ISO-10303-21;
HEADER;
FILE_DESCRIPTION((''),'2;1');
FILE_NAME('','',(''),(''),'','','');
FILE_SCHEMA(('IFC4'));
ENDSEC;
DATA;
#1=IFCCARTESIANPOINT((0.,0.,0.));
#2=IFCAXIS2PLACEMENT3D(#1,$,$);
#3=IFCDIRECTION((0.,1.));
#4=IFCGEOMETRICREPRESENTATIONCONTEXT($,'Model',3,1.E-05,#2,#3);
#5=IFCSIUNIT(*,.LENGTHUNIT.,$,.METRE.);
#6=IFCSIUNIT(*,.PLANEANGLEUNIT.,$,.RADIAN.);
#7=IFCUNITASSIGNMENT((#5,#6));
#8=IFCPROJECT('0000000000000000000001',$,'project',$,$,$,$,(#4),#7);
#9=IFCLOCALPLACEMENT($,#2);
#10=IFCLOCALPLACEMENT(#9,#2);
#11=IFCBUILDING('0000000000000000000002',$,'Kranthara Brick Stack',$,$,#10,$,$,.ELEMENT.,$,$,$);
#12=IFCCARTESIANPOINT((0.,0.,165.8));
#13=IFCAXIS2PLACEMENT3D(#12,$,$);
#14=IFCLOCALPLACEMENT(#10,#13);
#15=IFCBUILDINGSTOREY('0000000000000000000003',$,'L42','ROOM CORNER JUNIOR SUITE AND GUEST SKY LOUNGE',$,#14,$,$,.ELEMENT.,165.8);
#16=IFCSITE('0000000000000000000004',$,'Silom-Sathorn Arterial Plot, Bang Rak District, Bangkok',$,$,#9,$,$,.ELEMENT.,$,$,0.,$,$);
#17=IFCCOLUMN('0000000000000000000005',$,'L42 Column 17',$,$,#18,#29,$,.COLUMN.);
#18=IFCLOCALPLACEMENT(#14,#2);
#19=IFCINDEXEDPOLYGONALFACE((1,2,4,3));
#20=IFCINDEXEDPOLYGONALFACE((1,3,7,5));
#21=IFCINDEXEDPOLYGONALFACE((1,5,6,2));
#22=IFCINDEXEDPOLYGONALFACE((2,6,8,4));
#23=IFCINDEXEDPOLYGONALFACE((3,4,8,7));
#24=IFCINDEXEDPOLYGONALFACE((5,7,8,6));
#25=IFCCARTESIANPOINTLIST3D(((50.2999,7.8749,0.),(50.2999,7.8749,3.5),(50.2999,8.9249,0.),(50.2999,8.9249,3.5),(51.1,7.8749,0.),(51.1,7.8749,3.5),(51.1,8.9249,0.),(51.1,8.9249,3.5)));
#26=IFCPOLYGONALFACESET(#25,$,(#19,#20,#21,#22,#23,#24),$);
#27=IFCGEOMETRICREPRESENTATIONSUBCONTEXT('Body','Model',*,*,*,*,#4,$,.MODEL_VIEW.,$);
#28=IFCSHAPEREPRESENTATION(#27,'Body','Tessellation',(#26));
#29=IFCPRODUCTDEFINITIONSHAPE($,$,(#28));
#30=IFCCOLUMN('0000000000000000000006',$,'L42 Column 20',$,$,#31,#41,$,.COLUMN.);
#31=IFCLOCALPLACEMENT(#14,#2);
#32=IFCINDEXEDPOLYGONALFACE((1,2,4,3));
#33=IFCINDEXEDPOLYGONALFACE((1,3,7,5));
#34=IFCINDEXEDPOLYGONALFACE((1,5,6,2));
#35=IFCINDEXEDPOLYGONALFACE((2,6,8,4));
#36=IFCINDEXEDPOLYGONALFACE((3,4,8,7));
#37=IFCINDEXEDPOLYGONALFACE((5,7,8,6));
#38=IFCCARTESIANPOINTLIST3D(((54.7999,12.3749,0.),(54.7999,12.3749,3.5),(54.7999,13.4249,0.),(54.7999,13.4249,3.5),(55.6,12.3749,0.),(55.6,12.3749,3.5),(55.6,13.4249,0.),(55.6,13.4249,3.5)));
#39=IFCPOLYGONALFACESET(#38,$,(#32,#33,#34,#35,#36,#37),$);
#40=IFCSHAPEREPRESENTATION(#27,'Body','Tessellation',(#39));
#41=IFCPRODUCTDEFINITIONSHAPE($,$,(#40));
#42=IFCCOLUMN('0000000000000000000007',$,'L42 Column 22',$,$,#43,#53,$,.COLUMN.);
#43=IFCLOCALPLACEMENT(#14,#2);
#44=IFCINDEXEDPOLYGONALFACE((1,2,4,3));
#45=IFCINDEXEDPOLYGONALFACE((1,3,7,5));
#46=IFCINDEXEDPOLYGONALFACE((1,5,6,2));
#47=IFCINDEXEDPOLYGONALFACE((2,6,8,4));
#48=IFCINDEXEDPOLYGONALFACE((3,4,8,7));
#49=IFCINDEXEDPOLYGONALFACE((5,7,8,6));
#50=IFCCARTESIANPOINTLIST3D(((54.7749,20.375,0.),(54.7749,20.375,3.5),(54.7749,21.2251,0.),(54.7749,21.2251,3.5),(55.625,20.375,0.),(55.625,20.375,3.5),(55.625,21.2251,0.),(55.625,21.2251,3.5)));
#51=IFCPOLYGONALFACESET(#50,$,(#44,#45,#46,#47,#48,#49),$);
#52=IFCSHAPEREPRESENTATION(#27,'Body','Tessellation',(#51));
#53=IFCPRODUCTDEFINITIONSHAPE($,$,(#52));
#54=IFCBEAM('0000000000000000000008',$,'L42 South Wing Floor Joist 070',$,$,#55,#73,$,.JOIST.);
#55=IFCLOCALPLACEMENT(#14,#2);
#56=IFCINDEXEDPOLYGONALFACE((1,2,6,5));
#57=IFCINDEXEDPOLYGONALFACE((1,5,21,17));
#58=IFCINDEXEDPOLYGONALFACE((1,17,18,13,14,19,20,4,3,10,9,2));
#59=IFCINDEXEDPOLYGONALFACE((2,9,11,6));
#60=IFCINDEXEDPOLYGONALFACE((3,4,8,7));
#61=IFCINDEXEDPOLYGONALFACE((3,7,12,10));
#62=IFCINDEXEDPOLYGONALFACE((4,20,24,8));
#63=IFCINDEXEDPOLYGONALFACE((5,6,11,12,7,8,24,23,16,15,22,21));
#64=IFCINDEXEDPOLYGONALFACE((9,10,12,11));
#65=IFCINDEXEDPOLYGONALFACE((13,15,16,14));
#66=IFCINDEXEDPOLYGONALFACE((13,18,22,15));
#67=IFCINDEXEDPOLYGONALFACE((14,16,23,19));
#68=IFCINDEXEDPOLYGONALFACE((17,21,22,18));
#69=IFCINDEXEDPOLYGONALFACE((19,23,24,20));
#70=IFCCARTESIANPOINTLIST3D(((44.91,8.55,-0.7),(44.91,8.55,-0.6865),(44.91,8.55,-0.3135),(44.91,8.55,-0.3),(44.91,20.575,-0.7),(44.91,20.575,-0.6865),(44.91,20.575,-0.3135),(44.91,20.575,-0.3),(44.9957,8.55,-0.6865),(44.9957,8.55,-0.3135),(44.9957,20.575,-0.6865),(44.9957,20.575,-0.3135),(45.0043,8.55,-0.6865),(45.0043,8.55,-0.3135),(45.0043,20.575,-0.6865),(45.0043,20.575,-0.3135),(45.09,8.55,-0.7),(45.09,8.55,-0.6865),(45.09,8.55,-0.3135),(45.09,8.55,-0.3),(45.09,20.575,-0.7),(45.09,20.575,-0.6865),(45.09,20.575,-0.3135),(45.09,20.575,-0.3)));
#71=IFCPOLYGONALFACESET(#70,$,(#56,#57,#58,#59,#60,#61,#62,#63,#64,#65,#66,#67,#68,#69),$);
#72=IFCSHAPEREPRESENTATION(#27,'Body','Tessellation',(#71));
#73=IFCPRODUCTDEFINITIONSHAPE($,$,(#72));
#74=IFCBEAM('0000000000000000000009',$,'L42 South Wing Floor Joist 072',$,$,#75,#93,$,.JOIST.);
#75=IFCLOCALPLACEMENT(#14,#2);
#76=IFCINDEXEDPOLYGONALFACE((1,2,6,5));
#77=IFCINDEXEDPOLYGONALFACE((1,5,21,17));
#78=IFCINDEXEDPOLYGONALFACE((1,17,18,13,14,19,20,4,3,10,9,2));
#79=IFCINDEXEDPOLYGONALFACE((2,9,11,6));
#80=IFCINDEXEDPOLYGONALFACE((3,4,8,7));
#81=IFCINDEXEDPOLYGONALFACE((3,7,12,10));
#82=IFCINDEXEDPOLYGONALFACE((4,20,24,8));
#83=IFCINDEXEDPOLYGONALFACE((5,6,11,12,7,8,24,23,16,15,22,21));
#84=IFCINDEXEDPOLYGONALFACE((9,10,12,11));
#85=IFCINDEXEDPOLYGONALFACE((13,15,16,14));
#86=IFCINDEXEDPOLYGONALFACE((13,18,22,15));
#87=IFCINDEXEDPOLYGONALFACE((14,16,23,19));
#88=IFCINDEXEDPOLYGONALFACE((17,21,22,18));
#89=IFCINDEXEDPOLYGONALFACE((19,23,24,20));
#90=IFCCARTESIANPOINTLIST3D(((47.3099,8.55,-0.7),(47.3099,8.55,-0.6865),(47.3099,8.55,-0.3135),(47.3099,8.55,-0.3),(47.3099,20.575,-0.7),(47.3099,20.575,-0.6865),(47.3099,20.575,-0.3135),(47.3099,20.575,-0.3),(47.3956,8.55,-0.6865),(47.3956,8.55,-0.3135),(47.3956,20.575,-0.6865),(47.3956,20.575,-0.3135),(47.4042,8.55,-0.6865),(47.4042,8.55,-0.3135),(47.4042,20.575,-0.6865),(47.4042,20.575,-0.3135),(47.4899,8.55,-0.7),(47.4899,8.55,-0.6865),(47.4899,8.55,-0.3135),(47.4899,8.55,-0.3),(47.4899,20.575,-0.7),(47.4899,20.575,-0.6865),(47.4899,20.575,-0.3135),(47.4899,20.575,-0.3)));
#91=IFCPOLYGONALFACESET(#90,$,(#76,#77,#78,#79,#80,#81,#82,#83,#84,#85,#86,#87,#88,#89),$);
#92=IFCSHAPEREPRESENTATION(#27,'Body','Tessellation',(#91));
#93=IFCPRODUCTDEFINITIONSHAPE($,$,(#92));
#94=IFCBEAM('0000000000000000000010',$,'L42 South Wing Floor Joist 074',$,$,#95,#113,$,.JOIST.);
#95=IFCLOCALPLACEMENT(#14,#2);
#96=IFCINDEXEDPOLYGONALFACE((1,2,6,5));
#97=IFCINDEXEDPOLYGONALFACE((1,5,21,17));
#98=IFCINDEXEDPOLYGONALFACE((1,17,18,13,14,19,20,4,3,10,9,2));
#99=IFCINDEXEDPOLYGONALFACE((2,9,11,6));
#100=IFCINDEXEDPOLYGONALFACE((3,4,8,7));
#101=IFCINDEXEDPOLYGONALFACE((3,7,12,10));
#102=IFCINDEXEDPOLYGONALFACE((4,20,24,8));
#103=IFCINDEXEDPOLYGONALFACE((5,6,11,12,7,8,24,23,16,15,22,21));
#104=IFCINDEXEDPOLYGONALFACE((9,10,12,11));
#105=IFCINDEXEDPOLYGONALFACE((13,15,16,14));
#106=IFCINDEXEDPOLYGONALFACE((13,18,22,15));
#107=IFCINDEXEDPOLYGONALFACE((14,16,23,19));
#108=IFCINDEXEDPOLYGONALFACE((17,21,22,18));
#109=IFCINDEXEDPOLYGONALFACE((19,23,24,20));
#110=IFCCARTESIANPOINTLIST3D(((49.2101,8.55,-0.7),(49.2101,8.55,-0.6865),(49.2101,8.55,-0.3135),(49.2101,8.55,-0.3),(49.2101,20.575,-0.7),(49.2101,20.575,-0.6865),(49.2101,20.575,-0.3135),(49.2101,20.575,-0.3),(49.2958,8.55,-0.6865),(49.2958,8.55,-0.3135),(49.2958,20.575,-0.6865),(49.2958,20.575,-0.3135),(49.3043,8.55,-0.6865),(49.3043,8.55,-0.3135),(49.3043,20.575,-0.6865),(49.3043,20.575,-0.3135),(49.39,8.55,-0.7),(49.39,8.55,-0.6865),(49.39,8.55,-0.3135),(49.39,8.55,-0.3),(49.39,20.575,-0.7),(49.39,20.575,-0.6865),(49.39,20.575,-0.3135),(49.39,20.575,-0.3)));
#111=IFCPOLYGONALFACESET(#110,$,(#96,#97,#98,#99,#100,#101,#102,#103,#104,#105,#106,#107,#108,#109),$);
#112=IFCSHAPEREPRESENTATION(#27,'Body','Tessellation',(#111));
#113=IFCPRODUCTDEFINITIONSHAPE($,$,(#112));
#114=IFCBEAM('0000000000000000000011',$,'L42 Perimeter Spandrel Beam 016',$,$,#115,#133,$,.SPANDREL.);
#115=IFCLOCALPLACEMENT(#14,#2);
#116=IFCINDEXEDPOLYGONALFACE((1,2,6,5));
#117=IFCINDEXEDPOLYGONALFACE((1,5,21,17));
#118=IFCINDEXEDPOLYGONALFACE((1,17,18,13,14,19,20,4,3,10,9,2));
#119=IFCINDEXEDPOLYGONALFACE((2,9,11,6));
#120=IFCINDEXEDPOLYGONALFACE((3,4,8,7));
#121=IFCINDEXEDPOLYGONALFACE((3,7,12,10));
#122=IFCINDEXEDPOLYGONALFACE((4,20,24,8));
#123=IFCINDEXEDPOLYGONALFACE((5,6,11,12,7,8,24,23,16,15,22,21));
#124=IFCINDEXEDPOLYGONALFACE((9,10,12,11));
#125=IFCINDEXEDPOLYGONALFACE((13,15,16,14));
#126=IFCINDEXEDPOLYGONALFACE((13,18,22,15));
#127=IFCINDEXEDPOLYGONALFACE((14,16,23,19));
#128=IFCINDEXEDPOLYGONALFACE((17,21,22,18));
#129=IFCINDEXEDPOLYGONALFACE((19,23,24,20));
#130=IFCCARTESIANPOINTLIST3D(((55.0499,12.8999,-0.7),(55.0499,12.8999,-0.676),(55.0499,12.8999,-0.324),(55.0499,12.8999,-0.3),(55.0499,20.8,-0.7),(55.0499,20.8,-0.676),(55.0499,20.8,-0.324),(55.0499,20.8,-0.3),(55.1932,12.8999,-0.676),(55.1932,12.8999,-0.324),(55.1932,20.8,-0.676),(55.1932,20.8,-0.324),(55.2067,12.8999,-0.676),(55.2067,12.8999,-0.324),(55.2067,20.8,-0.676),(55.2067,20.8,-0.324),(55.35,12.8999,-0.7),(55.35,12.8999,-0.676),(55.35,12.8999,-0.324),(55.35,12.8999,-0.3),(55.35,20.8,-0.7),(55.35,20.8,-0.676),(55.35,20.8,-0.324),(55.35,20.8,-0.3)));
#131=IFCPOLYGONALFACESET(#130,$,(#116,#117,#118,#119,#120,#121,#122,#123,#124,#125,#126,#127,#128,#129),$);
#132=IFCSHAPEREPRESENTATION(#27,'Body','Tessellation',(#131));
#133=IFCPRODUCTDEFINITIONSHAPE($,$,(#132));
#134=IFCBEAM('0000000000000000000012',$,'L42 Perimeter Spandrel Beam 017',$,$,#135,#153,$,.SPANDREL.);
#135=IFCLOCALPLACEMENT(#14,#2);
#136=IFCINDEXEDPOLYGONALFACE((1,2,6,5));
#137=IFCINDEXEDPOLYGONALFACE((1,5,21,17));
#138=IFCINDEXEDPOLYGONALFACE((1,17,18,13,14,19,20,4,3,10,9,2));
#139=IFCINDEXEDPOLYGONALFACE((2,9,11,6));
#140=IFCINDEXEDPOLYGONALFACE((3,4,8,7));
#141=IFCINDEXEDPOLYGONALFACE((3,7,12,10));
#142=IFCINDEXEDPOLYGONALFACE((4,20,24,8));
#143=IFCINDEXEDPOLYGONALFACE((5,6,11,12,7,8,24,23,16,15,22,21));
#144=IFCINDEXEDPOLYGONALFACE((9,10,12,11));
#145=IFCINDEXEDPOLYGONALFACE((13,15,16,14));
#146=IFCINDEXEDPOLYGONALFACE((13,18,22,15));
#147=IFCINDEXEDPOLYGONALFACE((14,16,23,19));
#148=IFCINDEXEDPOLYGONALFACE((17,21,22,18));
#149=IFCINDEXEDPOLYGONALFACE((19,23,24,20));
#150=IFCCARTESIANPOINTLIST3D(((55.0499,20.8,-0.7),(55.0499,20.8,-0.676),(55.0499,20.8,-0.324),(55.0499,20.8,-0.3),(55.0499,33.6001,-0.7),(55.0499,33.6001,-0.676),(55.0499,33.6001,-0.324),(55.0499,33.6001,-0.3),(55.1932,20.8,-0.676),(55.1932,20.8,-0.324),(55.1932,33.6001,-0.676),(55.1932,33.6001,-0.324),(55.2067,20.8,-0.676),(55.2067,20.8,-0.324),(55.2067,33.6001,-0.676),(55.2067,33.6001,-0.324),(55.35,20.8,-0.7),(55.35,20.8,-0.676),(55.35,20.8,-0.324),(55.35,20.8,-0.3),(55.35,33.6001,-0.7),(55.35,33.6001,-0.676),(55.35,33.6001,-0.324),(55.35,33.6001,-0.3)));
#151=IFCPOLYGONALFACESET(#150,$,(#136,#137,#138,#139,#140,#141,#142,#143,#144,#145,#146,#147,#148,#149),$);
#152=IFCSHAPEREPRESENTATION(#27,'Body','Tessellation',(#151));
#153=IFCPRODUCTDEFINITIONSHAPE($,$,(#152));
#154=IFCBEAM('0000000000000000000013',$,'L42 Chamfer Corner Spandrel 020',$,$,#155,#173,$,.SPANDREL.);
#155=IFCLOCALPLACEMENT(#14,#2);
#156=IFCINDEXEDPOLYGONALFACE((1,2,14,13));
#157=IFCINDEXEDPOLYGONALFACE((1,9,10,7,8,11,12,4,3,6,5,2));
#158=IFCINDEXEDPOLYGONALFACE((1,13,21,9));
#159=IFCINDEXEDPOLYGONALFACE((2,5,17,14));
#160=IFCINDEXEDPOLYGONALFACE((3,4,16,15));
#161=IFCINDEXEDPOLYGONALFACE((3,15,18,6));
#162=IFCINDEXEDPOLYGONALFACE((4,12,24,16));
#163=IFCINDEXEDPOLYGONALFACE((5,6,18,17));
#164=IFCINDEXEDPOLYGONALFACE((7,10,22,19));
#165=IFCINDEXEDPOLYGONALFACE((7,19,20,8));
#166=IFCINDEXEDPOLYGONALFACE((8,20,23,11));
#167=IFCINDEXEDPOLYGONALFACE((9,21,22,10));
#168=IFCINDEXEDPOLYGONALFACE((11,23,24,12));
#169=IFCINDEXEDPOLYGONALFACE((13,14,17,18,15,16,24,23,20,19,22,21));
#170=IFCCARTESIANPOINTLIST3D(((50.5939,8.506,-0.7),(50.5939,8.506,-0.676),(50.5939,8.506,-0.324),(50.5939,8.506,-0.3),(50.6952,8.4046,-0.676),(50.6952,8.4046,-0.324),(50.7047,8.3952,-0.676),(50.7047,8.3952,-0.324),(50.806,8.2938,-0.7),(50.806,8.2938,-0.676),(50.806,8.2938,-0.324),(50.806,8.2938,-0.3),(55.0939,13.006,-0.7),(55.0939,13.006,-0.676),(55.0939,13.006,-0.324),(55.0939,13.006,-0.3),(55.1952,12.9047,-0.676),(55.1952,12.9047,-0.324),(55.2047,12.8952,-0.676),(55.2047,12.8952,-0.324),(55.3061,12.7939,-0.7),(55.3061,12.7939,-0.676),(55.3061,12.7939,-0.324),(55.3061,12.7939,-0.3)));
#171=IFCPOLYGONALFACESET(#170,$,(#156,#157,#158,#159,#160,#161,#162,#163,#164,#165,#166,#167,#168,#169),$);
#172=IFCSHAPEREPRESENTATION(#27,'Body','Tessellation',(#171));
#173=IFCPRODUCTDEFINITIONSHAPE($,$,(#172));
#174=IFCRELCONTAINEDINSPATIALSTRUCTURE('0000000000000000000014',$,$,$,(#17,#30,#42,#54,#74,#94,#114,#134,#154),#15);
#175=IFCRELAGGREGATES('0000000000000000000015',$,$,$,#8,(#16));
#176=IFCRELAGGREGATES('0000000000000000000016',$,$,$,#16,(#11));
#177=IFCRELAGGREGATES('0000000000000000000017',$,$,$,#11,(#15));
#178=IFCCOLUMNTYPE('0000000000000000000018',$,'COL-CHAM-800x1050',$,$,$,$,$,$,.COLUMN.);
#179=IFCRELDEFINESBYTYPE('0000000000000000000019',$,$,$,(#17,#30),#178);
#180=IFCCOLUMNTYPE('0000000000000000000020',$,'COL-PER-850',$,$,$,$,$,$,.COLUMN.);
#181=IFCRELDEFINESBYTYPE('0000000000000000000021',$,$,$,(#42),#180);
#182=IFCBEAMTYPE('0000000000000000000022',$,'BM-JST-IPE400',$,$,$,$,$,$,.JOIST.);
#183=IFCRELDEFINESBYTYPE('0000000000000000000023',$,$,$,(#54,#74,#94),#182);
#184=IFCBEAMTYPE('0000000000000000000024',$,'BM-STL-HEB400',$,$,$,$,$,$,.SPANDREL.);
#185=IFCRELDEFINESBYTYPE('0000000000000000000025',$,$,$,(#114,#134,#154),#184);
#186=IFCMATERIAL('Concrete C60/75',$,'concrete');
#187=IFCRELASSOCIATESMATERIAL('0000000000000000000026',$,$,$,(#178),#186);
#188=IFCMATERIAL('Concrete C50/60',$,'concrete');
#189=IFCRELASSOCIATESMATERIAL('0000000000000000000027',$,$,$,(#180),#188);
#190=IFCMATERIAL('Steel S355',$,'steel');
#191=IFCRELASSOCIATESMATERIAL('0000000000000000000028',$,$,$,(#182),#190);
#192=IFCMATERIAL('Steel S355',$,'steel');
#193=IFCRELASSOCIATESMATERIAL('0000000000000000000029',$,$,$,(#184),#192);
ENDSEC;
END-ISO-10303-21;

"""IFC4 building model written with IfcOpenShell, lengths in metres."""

from ifc_helpers import new_model, si_unit, direction, frame, origin, origin_2d, place, context, subcontext, project, spatial, rectangle, i_section, extrude, material, material_profile, profile_set, type_object, element, save


model = new_model("IFC4")

# Units and contexts
model_context = context("Model", 3, precision=1e-05, world=origin(), true_north=direction((0.0, 1.0)))
body_context = subcontext(model_context, "Body", "Model", "MODEL_VIEW")
ifc_project = project(units=[si_unit("LENGTHUNIT", "METRE"), si_unit("PLANEANGLEUNIT", "RADIAN")], contexts=[model_context])

# Site, building, storey
site_placement = place(None, origin())
site = spatial("IfcSite", under=ifc_project, at=site_placement, Name="Silom-Sathorn Arterial Plot, Bang Rak District, Bangkok", CompositionType="ELEMENT", RefElevation=0.0)
building_placement = place(site_placement, origin())
building = spatial("IfcBuilding", under=site, at=building_placement, Name="Kranthara Brick Stack", CompositionType="ELEMENT")
storey_placement = place(building_placement, frame((0.0, 0.0, 165.8)))
storey = spatial("IfcBuildingStorey", under=building, at=storey_placement, Name="L42", Description="ROOM CORNER JUNIOR SUITE AND GUEST SKY LOUNGE", CompositionType="ELEMENT", Elevation=165.8)

# Columns
ifc_material_1 = material(Name="Concrete C60/75", Category="concrete")
ifc_material_profile_1 = material_profile(ifc_material_1, rectangle(XDim=0.8, YDim=1.05, at=origin_2d()), Name="RC 800x1050")
ifc_profile_set_1 = profile_set([ifc_material_profile_1], Name="Concrete C60/75")
column_type_1 = type_object("IfcColumnType", Name="COL-CHAM-800x1050", PredefinedType="COLUMN", material=ifc_profile_set_1)
for number, where, z_axis, x_axis, name in (
    (1, (50.7, 8.3999, 0.0), (0.0, 0.0, 1.0), (1.0, 0.0, 0.0), "L42 Column 17"),
    (2, (55.2, 12.8999, 0.0), (0.0, 0.0, 1.0), (1.0, 0.0, 0.0), "L42 Column 20"),
):
    element("IfcColumn", number, at=place(storey_placement, frame(where, z_axis=z_axis, x_axis=x_axis)), inside=storey, type_object=column_type_1, Name=name, PredefinedType="COLUMN", context=body_context, shape_type="SweptSolid", body=[
        extrude(rectangle(XDim=0.8, YDim=1.05, at=origin_2d()), origin(), (0.0, 0.0, 1.0), 3.5),
    ])
ifc_material_2 = material(Name="Concrete C50/60", Category="concrete")
ifc_material_profile_2 = material_profile(ifc_material_2, rectangle(XDim=0.8501, YDim=0.8501, at=origin_2d()), Name="RC 850x850")
ifc_profile_set_2 = profile_set([ifc_material_profile_2], Name="Concrete C50/60")
column_type_2 = type_object("IfcColumnType", Name="COL-PER-850", PredefinedType="COLUMN", material=ifc_profile_set_2)
column_placement = place(storey_placement, frame((55.2, 20.8, 0.0), z_axis=(0.0, 0.0, 1.0), x_axis=(1.0, 0.0, 0.0)))
element("IfcColumn", 3, at=column_placement, inside=storey, type_object=column_type_2, Name="L42 Column 22", PredefinedType="COLUMN", context=body_context, shape_type="SweptSolid", body=[
    extrude(rectangle(XDim=0.8501, YDim=0.8501, at=origin_2d()), origin(), (0.0, 0.0, 1.0), 3.5),
])

# Beams
ifc_material_3 = material(Name="Steel S355", Category="steel")
ifc_material_profile_3 = material_profile(ifc_material_3, i_section(OverallWidth=0.1799, OverallDepth=0.3999, WebThickness=0.0085, FlangeThickness=0.0134, at=origin_2d()), Name="IPE 400")
ifc_profile_set_3 = profile_set([ifc_material_profile_3], Name="Steel S355")
beam_type_1 = type_object("IfcBeamType", Name="BM-JST-IPE400", PredefinedType="JOIST", material=ifc_profile_set_3)
for number, where, z_axis, x_axis, name in (
    (4, (45.0, 8.55, -0.5), (0.0, 1.0, 0.0), (-1.0, 0.0, 0.0), "L42 South Wing Floor Joist 070"),
    (5, (47.3999, 8.55, -0.5), (0.0, 1.0, 0.0), (-1.0, 0.0, 0.0), "L42 South Wing Floor Joist 072"),
    (6, (49.3, 8.55, -0.5), (0.0, 1.0, 0.0), (-1.0, 0.0, 0.0), "L42 South Wing Floor Joist 074"),
):
    element("IfcBeam", number, at=place(storey_placement, frame(where, z_axis=z_axis, x_axis=x_axis)), inside=storey, type_object=beam_type_1, Name=name, PredefinedType="JOIST", context=body_context, shape_type="SweptSolid", body=[
        extrude(i_section(OverallWidth=0.1799, OverallDepth=0.3999, WebThickness=0.0085, FlangeThickness=0.0134, at=origin_2d()), origin(), (0.0, 0.0, 1.0), 12.0249),
    ])
ifc_material_4 = material(Name="Steel S355", Category="steel")
ifc_material_profile_4 = material_profile(ifc_material_4, i_section(OverallWidth=0.3, OverallDepth=0.3999, WebThickness=0.0134, FlangeThickness=0.0239, at=origin_2d()), Name="HEB 400")
ifc_profile_set_4 = profile_set([ifc_material_profile_4], Name="Steel S355")
beam_type_2 = type_object("IfcBeamType", Name="BM-STL-HEB400", PredefinedType="SPANDREL", material=ifc_profile_set_4)
beam_1_placement = place(storey_placement, frame((55.2, 12.8999, -0.5), z_axis=(0.0, 1.0, 0.0), x_axis=(-1.0, 0.0, 0.0)))
element("IfcBeam", 7, at=beam_1_placement, inside=storey, type_object=beam_type_2, Name="L42 Perimeter Spandrel Beam 016", PredefinedType="SPANDREL", context=body_context, shape_type="SweptSolid", body=[
    extrude(i_section(OverallWidth=0.3, OverallDepth=0.3999, WebThickness=0.0134, FlangeThickness=0.0239, at=origin_2d()), origin(), (0.0, 0.0, 1.0), 7.9001),
])
beam_2_placement = place(storey_placement, frame((55.2, 20.8, -0.5), z_axis=(0.0, 1.0, 0.0), x_axis=(-1.0, 0.0, 0.0)))
element("IfcBeam", 8, at=beam_2_placement, inside=storey, type_object=beam_type_2, Name="L42 Perimeter Spandrel Beam 017", PredefinedType="SPANDREL", context=body_context, shape_type="SweptSolid", body=[
    extrude(i_section(OverallWidth=0.3, OverallDepth=0.3999, WebThickness=0.0134, FlangeThickness=0.0239, at=origin_2d()), origin(), (0.0, 0.0, 1.0), 12.8),
])
beam_3_placement = place(storey_placement, frame((50.7, 8.3999, -0.5), z_axis=(0.707107, 0.707107, 0.0), x_axis=(-0.707107, 0.707107, 0.0)))
element("IfcBeam", 9, at=beam_3_placement, inside=storey, type_object=beam_type_2, Name="L42 Chamfer Corner Spandrel 020", PredefinedType="SPANDREL", context=body_context, shape_type="SweptSolid", body=[
    extrude(i_section(OverallWidth=0.3, OverallDepth=0.3999, WebThickness=0.0134, FlangeThickness=0.0239, at=origin_2d()), origin(), (0.0, 0.0, 1.0), 6.364),
])

save(model, "model.ifc")
